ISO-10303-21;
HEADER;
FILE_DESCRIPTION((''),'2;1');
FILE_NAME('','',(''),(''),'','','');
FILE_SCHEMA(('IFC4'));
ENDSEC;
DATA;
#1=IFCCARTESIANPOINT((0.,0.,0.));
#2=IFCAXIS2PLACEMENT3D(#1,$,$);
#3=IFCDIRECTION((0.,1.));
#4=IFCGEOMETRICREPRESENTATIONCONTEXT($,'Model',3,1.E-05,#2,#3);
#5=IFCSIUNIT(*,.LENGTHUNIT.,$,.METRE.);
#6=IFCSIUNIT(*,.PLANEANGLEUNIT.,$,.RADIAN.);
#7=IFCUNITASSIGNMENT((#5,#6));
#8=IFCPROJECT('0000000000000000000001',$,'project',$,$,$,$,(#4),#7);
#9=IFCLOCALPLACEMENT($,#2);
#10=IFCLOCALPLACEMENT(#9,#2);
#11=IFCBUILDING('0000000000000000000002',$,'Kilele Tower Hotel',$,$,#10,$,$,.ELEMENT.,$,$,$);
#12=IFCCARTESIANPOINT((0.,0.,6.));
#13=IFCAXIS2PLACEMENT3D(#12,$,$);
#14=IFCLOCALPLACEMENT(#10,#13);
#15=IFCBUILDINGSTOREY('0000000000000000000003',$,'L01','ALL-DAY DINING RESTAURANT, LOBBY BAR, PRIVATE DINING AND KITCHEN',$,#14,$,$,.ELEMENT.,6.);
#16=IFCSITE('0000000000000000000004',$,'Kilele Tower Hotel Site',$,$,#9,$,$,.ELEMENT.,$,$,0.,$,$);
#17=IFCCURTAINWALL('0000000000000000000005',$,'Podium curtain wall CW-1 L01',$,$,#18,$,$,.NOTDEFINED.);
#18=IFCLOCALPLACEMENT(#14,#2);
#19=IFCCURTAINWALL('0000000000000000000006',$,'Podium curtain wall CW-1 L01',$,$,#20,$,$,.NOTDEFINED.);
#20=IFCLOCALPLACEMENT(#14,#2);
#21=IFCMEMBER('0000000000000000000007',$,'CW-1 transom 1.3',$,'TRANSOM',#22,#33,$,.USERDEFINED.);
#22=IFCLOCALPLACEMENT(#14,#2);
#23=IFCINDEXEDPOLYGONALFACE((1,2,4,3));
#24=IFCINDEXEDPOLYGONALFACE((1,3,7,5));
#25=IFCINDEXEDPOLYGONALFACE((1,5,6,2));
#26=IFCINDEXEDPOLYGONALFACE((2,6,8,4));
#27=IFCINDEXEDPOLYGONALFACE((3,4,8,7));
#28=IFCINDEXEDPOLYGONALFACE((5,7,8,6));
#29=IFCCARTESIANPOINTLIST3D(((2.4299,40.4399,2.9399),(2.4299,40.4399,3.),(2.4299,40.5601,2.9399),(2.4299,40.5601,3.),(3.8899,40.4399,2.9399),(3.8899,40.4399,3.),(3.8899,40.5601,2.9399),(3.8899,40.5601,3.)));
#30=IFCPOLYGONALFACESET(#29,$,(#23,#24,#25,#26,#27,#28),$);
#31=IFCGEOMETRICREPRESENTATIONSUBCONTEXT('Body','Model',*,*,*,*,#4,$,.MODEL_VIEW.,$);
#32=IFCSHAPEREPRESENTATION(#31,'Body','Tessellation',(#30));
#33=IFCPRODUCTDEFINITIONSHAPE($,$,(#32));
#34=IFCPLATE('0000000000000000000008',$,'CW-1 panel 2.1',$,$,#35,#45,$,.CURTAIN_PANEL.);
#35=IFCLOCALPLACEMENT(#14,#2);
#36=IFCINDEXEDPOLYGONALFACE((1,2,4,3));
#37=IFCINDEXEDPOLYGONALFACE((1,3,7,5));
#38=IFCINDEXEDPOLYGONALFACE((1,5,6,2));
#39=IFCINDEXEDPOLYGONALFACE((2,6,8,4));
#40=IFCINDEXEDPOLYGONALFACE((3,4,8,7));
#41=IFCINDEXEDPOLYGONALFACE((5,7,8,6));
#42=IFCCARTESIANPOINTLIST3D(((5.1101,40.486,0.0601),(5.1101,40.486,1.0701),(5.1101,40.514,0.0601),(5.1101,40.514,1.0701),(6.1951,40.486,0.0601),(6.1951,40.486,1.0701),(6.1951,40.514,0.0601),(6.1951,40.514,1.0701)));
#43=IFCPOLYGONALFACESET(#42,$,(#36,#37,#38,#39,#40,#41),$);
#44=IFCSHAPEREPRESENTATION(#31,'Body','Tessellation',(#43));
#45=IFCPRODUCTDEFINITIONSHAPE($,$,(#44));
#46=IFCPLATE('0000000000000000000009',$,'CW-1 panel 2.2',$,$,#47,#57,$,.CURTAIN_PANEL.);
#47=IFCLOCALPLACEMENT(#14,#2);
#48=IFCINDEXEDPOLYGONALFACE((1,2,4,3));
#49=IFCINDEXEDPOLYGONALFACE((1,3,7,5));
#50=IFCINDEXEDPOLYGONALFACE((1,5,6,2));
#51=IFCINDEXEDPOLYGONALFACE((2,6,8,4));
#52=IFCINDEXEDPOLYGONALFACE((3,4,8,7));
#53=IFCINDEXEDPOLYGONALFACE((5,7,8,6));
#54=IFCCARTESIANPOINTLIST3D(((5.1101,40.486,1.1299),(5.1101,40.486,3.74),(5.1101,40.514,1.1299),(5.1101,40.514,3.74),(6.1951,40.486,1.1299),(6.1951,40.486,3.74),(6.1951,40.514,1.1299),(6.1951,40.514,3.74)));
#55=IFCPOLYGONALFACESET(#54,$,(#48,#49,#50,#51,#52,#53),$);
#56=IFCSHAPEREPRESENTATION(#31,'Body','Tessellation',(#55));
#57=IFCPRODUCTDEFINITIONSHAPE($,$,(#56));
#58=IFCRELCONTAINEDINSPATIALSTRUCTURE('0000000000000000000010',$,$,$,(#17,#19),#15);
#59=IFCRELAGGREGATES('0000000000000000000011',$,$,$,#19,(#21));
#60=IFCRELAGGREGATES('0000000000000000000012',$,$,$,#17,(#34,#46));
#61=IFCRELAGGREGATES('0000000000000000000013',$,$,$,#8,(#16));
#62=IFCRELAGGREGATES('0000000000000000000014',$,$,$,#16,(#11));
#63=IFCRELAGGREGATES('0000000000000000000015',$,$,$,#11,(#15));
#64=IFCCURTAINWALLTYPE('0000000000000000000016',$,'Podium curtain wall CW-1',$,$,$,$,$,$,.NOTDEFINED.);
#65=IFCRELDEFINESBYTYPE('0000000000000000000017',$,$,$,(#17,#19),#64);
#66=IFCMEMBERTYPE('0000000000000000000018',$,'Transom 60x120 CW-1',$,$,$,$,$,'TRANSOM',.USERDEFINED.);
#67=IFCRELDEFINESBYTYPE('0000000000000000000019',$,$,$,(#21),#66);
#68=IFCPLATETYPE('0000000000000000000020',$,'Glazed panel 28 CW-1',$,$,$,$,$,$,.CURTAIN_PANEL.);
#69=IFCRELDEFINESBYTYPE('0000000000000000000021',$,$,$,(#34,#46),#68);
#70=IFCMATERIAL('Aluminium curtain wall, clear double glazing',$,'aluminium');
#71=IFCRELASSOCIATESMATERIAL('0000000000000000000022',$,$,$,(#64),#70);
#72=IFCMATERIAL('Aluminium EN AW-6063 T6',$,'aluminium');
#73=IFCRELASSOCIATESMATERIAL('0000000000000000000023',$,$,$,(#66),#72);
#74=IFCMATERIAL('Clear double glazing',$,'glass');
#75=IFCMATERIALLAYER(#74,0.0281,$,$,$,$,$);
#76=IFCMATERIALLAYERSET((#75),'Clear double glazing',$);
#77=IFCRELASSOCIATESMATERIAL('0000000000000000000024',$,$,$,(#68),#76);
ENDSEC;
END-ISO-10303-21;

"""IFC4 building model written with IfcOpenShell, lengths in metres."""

from ifc_helpers import new_model, si_unit, direction, frame, origin, origin_2d, place, context, subcontext, project, spatial, rectangle, extrude, material, layer, layer_set, material_profile, profile_set, type_object, element, aggregate, save


model = new_model("IFC4")

# Units and contexts
model_context = context("Model", 3, precision=1e-05, world=origin(), true_north=direction((0.0, 1.0)))
body_context = subcontext(model_context, "Body", "Model", "MODEL_VIEW")
ifc_project = project(units=[si_unit("LENGTHUNIT", "METRE"), si_unit("PLANEANGLEUNIT", "RADIAN")], contexts=[model_context])

# Site, building, storey
site_placement = place(None, origin())
site = spatial("IfcSite", under=ifc_project, at=site_placement, Name="Kilele Tower Hotel Site", CompositionType="ELEMENT", RefElevation=0.0)
building_placement = place(site_placement, origin())
building = spatial("IfcBuilding", under=site, at=building_placement, Name="Kilele Tower Hotel", CompositionType="ELEMENT")
storey_placement = place(building_placement, frame((0.0, 0.0, 6.0)))
storey = spatial("IfcBuildingStorey", under=building, at=storey_placement, Name="L01", Description="ALL-DAY DINING RESTAURANT, LOBBY BAR, PRIVATE DINING AND KITCHEN", CompositionType="ELEMENT", Elevation=6.0)

# Curtain walls
ifc_material_1 = material(Name="Aluminium curtain wall, clear double glazing", Category="aluminium")
curtain_wall_type = type_object("IfcCurtainWallType", Name="Podium curtain wall CW-1", PredefinedType="NOTDEFINED", material=ifc_material_1)
curtain_wall_1_placement = place(storey_placement, origin())
curtain_wall_1 = element("IfcCurtainWall", 1, at=curtain_wall_1_placement, inside=storey, type_object=curtain_wall_type, Name="Podium curtain wall CW-1 L01", PredefinedType="NOTDEFINED")
curtain_wall_2_placement = place(storey_placement, origin())
curtain_wall_2 = element("IfcCurtainWall", 2, at=curtain_wall_2_placement, inside=storey, type_object=curtain_wall_type, Name="Podium curtain wall CW-1 L01", PredefinedType="NOTDEFINED")

# Member
ifc_material_2 = material(Name="Aluminium EN AW-6063 T6", Category="aluminium")
ifc_material_profile_1 = material_profile(ifc_material_2, rectangle(XDim=0.1201, YDim=0.0601, at=origin_2d()))
ifc_profile_set_1 = profile_set([ifc_material_profile_1], Name="Aluminium EN AW-6063 T6")
member_type_1 = type_object("IfcMemberType", Name="Transom 60x120 CW-1", ElementType="TRANSOM", PredefinedType="USERDEFINED", material=ifc_profile_set_1)
member_1_placement = place(storey_placement, frame((3.8899, 40.5, 2.97), z_axis=(-1.0, 0.0, 0.0), x_axis=(0.0, -1.0, 0.0)))
member_1 = element("IfcMember", 3, at=member_1_placement, type_object=member_type_1, Name="CW-1 transom 1.3", ObjectType="TRANSOM", PredefinedType="USERDEFINED", context=body_context, shape_type="SweptSolid", body=[
    extrude(rectangle(XDim=0.1201, YDim=0.0601, at=origin_2d()), origin(), (0.0, 0.0, 1.0), 1.46),
])
aggregate(curtain_wall_2, [member_1])

# Plates
ifc_material_3 = material(Name="Clear double glazing", Category="glass")
ifc_layer = layer(ifc_material_3, 0.0281)
ifc_layer_set = layer_set([ifc_layer], Name="Clear double glazing")
plate_type = type_object("IfcPlateType", Name="Glazed panel 28 CW-1", PredefinedType="CURTAIN_PANEL", material=ifc_layer_set)
plate_1_placement = place(storey_placement, frame((5.6526, 40.5, 0.0601), z_axis=(0.0, 0.0, 1.0), x_axis=(-1.0, 0.0, 0.0)))
plate_1 = element("IfcPlate", 4, at=plate_1_placement, type_object=plate_type, Name="CW-1 panel 2.1", PredefinedType="CURTAIN_PANEL", context=body_context, shape_type="SweptSolid", body=[
    extrude(rectangle(XDim=1.085, YDim=0.0281, at=origin_2d()), origin(), (0.0, 0.0, 1.0), 1.01),
])
plate_2_placement = place(storey_placement, frame((5.6526, 40.5, 1.1299), z_axis=(0.0, 0.0, 1.0), x_axis=(-1.0, 0.0, 0.0)))
plate_2 = element("IfcPlate", 5, at=plate_2_placement, type_object=plate_type, Name="CW-1 panel 2.2", PredefinedType="CURTAIN_PANEL", context=body_context, shape_type="SweptSolid", body=[
    extrude(rectangle(XDim=1.085, YDim=0.0281, at=origin_2d()), origin(), (0.0, 0.0, 1.0), 2.6101),
])
aggregate(curtain_wall_1, [plate_1, plate_2])

save(model, "model.ifc")
